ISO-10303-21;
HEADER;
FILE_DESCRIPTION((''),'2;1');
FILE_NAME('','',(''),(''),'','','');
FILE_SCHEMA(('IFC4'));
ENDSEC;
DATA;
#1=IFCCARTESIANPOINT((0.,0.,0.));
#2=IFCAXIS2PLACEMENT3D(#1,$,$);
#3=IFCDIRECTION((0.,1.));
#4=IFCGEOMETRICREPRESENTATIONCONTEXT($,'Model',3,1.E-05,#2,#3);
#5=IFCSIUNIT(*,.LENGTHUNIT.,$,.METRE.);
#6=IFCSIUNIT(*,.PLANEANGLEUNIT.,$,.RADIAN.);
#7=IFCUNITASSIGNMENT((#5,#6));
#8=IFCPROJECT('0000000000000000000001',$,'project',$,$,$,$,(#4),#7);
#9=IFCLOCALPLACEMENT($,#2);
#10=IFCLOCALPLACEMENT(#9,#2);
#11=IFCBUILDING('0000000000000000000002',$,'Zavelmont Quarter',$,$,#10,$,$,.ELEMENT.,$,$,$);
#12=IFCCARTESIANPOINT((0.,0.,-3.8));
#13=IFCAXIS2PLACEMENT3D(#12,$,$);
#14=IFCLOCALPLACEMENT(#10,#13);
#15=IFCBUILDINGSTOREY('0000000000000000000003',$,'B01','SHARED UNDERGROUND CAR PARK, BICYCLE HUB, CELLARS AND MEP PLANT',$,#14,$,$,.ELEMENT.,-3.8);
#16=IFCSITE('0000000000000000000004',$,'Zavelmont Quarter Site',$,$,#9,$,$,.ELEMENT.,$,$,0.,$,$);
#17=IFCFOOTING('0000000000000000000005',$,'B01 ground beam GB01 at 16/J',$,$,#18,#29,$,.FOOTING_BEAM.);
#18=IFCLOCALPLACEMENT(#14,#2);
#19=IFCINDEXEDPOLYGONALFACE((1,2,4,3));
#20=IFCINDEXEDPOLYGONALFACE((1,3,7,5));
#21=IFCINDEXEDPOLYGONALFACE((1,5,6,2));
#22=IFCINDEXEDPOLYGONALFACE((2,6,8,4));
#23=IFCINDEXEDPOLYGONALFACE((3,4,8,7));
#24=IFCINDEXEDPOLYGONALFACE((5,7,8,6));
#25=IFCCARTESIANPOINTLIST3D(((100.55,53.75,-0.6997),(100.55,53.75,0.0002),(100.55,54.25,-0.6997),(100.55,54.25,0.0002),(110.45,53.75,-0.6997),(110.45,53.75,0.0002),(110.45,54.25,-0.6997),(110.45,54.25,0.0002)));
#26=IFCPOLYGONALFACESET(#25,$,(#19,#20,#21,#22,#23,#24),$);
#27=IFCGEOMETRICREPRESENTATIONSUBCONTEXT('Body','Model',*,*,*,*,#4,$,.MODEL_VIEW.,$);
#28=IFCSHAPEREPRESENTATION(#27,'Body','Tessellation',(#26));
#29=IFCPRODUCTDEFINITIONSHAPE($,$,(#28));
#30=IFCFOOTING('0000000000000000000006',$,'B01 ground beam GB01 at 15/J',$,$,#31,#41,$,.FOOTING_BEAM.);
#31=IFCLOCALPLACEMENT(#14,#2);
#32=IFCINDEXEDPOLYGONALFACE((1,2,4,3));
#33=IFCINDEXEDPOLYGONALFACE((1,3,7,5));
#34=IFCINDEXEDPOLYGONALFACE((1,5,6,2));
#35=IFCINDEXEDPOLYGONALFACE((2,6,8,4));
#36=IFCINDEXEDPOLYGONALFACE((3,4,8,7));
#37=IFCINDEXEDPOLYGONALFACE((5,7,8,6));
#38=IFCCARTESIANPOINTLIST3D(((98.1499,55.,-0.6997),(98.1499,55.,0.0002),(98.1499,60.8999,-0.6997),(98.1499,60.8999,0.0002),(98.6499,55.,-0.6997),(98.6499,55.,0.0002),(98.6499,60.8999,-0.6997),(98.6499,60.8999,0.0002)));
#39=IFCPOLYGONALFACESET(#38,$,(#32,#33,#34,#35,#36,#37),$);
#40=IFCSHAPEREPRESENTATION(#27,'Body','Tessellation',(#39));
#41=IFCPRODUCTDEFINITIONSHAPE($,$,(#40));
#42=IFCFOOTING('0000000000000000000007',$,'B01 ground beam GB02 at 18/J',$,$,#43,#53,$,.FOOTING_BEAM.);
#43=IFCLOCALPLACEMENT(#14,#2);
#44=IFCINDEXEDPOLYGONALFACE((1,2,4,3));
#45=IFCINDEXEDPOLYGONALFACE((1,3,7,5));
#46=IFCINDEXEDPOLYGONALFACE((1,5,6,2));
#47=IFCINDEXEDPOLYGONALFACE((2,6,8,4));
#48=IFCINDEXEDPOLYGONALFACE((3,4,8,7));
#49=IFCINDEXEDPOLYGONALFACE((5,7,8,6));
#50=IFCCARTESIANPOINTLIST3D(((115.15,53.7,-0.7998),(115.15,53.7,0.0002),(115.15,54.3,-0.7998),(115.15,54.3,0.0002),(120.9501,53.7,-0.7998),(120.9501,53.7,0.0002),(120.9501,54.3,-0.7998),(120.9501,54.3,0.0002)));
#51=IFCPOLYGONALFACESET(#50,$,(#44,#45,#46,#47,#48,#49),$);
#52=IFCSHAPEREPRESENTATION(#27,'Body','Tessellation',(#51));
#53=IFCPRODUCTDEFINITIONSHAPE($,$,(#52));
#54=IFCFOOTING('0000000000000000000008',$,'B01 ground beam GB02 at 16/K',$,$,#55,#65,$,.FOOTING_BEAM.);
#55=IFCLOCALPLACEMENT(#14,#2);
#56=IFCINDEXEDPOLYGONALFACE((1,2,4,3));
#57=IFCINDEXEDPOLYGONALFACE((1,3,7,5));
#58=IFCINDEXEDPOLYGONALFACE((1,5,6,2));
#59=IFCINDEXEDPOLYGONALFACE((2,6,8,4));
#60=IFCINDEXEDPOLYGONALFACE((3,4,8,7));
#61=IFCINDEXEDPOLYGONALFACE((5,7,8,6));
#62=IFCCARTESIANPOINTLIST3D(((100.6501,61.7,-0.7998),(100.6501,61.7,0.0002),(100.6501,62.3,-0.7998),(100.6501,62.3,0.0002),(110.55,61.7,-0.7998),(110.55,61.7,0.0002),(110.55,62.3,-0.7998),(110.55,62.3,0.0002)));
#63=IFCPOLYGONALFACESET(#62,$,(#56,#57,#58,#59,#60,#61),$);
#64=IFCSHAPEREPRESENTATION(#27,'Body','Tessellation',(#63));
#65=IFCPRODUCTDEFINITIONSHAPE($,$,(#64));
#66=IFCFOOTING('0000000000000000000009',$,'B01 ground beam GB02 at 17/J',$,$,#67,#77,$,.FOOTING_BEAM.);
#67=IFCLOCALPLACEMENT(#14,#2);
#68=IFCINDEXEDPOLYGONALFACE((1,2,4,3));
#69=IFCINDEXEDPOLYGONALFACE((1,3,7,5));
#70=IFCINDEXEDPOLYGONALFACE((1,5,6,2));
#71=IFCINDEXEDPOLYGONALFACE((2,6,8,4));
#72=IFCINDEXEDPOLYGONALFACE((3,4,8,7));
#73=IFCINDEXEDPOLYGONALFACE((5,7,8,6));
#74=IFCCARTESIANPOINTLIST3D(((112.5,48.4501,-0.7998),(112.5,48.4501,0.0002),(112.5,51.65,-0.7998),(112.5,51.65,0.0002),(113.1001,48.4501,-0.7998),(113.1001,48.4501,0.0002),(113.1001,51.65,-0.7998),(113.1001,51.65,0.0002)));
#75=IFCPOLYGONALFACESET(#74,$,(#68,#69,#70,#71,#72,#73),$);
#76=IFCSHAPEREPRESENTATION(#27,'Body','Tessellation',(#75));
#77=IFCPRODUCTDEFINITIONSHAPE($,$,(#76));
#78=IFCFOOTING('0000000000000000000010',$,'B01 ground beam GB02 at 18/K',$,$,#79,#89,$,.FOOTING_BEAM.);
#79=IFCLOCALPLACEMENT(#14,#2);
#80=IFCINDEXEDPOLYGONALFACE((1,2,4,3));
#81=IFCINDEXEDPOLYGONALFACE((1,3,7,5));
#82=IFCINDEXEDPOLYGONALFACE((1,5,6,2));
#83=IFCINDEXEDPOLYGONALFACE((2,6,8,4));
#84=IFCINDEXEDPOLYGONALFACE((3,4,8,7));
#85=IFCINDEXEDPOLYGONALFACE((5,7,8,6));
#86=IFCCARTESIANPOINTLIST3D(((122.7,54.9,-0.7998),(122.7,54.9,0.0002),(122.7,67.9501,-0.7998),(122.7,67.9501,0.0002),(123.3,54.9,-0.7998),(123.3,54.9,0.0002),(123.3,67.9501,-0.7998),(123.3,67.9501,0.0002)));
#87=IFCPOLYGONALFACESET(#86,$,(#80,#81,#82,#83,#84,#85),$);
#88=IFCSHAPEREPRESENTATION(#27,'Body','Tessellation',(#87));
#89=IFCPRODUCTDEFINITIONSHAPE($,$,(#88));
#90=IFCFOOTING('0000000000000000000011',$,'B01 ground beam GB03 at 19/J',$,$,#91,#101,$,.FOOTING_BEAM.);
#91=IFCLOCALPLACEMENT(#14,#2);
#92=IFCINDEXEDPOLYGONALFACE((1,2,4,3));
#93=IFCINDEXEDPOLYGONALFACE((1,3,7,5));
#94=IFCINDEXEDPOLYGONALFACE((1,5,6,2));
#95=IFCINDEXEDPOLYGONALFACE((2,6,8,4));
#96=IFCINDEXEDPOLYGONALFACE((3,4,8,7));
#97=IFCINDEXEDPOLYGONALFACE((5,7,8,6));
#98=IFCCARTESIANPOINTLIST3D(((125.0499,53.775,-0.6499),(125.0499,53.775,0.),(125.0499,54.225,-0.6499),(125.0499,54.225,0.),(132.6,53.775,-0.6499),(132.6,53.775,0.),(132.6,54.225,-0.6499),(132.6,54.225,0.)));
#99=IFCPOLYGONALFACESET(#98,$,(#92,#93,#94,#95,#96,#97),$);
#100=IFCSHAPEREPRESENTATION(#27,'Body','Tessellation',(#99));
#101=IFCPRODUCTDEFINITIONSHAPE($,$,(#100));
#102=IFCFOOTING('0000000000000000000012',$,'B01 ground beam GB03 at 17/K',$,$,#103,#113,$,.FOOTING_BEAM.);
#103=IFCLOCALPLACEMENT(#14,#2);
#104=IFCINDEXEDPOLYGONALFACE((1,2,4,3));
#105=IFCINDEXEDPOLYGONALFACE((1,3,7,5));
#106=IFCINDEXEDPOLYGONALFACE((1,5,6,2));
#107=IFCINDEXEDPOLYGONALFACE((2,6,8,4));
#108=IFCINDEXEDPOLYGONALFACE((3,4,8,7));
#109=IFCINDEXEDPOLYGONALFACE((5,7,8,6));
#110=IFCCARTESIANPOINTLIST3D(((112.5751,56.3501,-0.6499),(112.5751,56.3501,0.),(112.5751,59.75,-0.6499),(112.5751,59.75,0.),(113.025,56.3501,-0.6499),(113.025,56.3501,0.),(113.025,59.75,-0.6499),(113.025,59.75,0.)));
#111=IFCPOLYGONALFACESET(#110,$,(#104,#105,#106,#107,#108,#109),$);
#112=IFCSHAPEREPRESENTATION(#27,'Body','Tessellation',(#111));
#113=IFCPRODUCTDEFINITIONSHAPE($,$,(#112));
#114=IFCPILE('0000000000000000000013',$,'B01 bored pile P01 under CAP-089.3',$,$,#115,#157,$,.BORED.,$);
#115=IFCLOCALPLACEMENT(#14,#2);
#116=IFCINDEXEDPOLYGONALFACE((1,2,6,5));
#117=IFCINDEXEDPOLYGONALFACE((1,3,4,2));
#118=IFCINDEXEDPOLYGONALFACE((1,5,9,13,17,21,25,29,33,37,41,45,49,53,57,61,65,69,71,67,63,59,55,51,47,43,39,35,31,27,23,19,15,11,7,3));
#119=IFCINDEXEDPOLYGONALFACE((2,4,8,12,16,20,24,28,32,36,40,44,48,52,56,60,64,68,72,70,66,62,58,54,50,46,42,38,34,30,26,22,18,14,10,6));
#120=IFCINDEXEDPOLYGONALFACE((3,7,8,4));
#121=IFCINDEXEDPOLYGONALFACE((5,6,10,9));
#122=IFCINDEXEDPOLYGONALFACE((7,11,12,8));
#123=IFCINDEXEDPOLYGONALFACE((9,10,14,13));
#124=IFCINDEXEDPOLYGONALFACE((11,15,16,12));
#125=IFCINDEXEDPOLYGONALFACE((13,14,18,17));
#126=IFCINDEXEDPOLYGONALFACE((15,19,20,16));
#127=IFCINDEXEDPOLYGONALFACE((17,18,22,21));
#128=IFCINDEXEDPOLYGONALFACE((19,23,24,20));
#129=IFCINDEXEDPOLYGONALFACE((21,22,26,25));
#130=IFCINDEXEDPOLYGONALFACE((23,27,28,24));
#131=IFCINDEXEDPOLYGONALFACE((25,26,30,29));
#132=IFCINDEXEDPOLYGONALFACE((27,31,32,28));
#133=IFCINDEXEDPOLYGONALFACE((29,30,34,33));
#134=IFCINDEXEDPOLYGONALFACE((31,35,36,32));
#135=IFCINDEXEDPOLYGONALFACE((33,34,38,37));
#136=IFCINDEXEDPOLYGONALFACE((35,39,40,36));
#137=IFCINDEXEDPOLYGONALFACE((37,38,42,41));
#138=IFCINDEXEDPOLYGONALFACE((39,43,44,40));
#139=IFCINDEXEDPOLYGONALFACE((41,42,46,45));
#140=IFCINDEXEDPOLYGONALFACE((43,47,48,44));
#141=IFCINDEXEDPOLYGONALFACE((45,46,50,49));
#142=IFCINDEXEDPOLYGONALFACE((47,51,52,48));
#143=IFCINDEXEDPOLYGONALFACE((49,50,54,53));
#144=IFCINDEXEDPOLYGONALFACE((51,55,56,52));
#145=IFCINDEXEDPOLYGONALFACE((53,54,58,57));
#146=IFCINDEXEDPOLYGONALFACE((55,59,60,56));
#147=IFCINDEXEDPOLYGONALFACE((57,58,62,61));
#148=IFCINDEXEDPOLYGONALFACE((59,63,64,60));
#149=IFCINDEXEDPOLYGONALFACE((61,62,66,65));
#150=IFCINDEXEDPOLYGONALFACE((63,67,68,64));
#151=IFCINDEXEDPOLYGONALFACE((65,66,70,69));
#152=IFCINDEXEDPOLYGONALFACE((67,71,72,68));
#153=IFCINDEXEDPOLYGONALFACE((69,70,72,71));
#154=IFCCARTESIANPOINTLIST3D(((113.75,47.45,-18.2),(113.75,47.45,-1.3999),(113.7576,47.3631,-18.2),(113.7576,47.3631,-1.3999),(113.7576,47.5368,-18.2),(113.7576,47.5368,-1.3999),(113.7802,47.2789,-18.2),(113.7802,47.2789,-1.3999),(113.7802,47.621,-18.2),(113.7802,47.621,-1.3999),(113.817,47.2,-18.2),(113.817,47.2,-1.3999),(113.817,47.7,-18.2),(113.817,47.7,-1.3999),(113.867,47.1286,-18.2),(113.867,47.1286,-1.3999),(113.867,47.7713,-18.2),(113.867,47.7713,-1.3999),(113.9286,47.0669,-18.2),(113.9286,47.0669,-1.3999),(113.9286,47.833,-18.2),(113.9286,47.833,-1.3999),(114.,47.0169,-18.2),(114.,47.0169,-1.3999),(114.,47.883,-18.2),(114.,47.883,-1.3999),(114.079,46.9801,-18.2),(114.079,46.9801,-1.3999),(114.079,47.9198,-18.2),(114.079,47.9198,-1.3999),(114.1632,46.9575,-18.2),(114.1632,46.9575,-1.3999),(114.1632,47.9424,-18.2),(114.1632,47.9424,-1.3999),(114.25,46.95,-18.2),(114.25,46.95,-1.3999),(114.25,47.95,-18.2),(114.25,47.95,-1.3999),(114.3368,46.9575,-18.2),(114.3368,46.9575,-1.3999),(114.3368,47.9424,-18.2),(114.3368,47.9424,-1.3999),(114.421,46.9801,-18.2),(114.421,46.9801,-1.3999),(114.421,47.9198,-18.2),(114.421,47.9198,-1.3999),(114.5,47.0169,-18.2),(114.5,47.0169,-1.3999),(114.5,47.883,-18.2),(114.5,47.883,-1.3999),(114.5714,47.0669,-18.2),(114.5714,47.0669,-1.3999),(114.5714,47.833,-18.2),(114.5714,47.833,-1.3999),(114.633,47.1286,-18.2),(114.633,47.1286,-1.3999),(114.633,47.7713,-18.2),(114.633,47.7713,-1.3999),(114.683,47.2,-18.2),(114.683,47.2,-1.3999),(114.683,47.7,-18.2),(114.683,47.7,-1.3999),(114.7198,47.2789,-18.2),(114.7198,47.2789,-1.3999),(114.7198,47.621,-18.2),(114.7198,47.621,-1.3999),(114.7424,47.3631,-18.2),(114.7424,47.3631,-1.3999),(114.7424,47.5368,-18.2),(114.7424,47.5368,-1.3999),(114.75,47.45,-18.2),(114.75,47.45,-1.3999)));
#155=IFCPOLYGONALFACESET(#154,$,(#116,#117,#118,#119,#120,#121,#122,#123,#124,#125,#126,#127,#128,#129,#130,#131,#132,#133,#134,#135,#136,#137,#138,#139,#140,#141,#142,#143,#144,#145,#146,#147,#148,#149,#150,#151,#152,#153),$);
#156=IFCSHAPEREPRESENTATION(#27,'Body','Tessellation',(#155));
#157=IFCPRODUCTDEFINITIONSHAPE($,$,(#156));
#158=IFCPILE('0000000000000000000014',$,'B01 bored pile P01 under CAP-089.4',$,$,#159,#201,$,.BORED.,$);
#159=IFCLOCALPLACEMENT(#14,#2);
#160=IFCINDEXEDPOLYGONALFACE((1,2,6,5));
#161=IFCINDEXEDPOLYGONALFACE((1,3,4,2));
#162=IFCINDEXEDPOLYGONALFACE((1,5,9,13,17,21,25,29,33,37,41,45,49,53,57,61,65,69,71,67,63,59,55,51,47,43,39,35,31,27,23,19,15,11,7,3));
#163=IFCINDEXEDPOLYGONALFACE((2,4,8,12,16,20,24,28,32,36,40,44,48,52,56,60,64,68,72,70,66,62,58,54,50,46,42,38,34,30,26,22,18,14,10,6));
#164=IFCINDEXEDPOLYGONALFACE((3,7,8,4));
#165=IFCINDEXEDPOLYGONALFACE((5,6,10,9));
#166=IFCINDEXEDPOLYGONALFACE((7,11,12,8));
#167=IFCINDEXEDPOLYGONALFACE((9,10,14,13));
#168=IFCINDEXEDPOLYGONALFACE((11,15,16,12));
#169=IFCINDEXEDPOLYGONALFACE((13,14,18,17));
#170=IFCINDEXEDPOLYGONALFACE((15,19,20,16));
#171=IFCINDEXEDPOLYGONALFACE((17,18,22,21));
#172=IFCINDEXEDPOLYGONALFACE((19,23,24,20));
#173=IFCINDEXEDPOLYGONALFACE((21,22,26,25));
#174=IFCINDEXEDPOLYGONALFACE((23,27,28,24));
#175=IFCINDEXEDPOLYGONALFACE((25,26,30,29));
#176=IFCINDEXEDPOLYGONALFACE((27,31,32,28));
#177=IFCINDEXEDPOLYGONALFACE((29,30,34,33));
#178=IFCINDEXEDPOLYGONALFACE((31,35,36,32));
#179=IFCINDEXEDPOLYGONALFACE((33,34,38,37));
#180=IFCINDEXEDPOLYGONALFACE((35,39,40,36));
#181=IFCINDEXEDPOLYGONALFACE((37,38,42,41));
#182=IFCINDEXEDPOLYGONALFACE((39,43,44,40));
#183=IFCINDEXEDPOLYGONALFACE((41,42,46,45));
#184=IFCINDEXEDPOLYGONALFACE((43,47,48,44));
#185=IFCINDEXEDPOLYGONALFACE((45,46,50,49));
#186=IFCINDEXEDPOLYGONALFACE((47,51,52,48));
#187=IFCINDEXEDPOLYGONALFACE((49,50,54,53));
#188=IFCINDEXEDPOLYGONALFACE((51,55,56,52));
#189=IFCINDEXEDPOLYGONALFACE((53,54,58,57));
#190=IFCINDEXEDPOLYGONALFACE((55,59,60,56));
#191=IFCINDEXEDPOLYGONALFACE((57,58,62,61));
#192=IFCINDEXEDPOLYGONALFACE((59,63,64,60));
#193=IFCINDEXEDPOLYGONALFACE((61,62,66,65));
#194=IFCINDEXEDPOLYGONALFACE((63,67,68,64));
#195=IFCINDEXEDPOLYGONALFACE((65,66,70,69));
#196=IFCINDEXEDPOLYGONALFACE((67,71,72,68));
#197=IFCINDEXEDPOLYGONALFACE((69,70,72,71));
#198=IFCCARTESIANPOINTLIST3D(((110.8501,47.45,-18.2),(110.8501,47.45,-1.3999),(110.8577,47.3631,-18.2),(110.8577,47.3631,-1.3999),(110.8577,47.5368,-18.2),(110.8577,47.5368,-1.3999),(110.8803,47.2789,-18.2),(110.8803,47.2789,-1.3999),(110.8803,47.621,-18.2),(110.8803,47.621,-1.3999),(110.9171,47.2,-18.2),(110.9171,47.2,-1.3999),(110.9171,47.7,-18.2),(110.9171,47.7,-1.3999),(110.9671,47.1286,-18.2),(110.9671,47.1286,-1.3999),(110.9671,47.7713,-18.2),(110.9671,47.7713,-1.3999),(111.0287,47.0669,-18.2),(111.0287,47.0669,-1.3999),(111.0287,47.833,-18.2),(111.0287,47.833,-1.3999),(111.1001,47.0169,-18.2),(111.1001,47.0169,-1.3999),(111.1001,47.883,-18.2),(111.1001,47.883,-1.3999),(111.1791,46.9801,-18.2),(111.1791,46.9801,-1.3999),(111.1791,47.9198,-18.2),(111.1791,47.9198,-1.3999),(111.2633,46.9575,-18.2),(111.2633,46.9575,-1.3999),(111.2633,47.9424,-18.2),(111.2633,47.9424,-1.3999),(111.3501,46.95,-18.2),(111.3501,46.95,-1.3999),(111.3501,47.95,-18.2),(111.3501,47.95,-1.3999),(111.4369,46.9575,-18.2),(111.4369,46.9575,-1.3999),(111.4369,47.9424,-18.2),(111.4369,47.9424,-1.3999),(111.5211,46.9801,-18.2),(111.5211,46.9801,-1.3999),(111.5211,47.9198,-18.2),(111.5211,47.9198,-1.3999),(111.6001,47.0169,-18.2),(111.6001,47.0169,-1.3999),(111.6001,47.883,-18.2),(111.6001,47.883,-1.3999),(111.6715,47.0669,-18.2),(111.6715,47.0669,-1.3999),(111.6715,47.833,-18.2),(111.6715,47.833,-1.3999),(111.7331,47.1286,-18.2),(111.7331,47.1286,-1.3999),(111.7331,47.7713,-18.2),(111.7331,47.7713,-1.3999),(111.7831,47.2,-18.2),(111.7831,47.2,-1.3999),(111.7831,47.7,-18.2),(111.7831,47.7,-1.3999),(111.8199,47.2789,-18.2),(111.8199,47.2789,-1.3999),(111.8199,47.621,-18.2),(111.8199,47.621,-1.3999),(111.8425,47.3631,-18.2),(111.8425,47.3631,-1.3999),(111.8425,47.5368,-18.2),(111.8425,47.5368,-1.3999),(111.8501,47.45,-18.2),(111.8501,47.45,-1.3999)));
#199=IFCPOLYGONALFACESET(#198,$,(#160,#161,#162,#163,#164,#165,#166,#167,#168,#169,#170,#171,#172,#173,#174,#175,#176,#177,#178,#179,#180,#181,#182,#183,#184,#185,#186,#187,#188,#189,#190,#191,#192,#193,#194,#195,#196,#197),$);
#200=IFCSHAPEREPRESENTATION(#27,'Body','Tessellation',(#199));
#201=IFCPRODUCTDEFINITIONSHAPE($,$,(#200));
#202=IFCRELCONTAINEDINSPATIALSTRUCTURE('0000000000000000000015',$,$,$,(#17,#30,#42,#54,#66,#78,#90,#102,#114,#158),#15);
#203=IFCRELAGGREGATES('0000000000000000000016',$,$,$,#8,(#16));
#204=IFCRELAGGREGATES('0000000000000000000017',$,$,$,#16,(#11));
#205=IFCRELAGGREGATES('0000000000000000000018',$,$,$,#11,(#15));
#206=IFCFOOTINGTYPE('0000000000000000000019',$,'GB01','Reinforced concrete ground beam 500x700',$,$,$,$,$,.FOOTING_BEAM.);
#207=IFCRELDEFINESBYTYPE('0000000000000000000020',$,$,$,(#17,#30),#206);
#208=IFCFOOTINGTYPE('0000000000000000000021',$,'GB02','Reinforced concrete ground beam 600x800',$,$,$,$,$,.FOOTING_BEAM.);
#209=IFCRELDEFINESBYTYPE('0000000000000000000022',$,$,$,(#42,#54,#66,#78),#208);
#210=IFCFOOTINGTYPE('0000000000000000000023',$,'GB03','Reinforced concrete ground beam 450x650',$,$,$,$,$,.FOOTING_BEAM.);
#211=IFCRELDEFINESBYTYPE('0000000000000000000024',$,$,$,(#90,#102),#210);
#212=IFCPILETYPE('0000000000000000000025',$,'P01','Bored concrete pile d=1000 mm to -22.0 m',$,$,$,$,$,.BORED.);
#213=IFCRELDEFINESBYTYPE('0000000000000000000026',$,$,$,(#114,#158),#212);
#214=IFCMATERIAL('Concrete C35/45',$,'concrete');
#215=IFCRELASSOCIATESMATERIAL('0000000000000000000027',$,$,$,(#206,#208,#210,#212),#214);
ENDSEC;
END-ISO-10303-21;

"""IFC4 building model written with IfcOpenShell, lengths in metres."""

from ifc_helpers import new_model, si_unit, direction, frame, origin, origin_2d, place, context, subcontext, project, spatial, rectangle, circle, extrude, material, material_profile, profile_set, type_object, element, save


model = new_model("IFC4")

# Units and contexts
model_context = context("Model", 3, precision=1e-05, world=origin(), true_north=direction((0.0, 1.0)))
body_context = subcontext(model_context, "Body", "Model", "MODEL_VIEW")
ifc_project = project(units=[si_unit("LENGTHUNIT", "METRE"), si_unit("PLANEANGLEUNIT", "RADIAN")], contexts=[model_context])

# Site, building, storey
site_placement = place(None, origin())
site = spatial("IfcSite", under=ifc_project, at=site_placement, Name="Zavelmont Quarter Site", CompositionType="ELEMENT", RefElevation=0.0)
building_placement = place(site_placement, origin())
building = spatial("IfcBuilding", under=site, at=building_placement, Name="Zavelmont Quarter", CompositionType="ELEMENT")
storey_placement = place(building_placement, frame((0.0, 0.0, -3.8)))
storey = spatial("IfcBuildingStorey", under=building, at=storey_placement, Name="B01", Description="SHARED UNDERGROUND CAR PARK, BICYCLE HUB, CELLARS AND MEP PLANT", CompositionType="ELEMENT", Elevation=-3.8)

# Footings
ifc_material_1 = material(Name="Concrete C35/45", Category="concrete")
footing_type_1 = type_object("IfcFootingType", Name="GB01", Description="Reinforced concrete ground beam 500x700", PredefinedType="FOOTING_BEAM", material=ifc_material_1)
footing_1_placement = place(storey_placement, frame((105.5, 54.0, -0.6997), z_axis=(0.0, 0.0, 1.0), x_axis=(1.0, 0.0, 0.0)))
element("IfcFooting", 1, at=footing_1_placement, inside=storey, type_object=footing_type_1, Name="B01 ground beam GB01 at 16/J", PredefinedType="FOOTING_BEAM", context=body_context, shape_type="SweptSolid", body=[
    extrude(rectangle(XDim=9.8999, YDim=0.5, at=origin_2d()), origin(), (0.0, 0.0, 1.0), 0.7),
])
footing_2_placement = place(storey_placement, frame((98.3999, 57.95, -0.6997), z_axis=(0.0, 0.0, 1.0), x_axis=(0.0, 1.0, 0.0)))
element("IfcFooting", 2, at=footing_2_placement, inside=storey, type_object=footing_type_1, Name="B01 ground beam GB01 at 15/J", PredefinedType="FOOTING_BEAM", context=body_context, shape_type="SweptSolid", body=[
    extrude(rectangle(XDim=5.8999, YDim=0.5, at=origin_2d()), origin(), (0.0, 0.0, 1.0), 0.7),
])
footing_type_2 = type_object("IfcFootingType", Name="GB02", Description="Reinforced concrete ground beam 600x800", PredefinedType="FOOTING_BEAM", material=ifc_material_1)
footing_3_placement = place(storey_placement, frame((118.05, 54.0, -0.7998), z_axis=(0.0, 0.0, 1.0), x_axis=(1.0, 0.0, 0.0)))
element("IfcFooting", 3, at=footing_3_placement, inside=storey, type_object=footing_type_2, Name="B01 ground beam GB02 at 18/J", PredefinedType="FOOTING_BEAM", context=body_context, shape_type="SweptSolid", body=[
    extrude(rectangle(XDim=5.8, YDim=0.6001, at=origin_2d()), origin(), (0.0, 0.0, 1.0), 0.8),
])
footing_4_placement = place(storey_placement, frame((105.6001, 62.0, -0.7998), z_axis=(0.0, 0.0, 1.0), x_axis=(1.0, 0.0, 0.0)))
element("IfcFooting", 4, at=footing_4_placement, inside=storey, type_object=footing_type_2, Name="B01 ground beam GB02 at 16/K", PredefinedType="FOOTING_BEAM", context=body_context, shape_type="SweptSolid", body=[
    extrude(rectangle(XDim=9.8999, YDim=0.6001, at=origin_2d()), origin(), (0.0, 0.0, 1.0), 0.8),
])
footing_5_placement = place(storey_placement, frame((112.8, 50.05, -0.7998), z_axis=(0.0, 0.0, 1.0), x_axis=(0.0, 1.0, 0.0)))
element("IfcFooting", 5, at=footing_5_placement, inside=storey, type_object=footing_type_2, Name="B01 ground beam GB02 at 17/J", PredefinedType="FOOTING_BEAM", context=body_context, shape_type="SweptSolid", body=[
    extrude(rectangle(XDim=3.2, YDim=0.6001, at=origin_2d()), origin(), (0.0, 0.0, 1.0), 0.8),
])
footing_6_placement = place(storey_placement, frame((123.0, 61.425, -0.7998), z_axis=(0.0, 0.0, 1.0), x_axis=(0.0, 1.0, 0.0)))
element("IfcFooting", 6, at=footing_6_placement, inside=storey, type_object=footing_type_2, Name="B01 ground beam GB02 at 18/K", PredefinedType="FOOTING_BEAM", context=body_context, shape_type="SweptSolid", body=[
    extrude(rectangle(XDim=13.05, YDim=0.6001, at=origin_2d()), origin(), (0.0, 0.0, 1.0), 0.8),
])
footing_type_3 = type_object("IfcFootingType", Name="GB03", Description="Reinforced concrete ground beam 450x650", PredefinedType="FOOTING_BEAM", material=ifc_material_1)
footing_7_placement = place(storey_placement, frame((128.825, 54.0, -0.6499), z_axis=(0.0, 0.0, 1.0), x_axis=(1.0, 0.0, 0.0)))
element("IfcFooting", 7, at=footing_7_placement, inside=storey, type_object=footing_type_3, Name="B01 ground beam GB03 at 19/J", PredefinedType="FOOTING_BEAM", context=body_context, shape_type="SweptSolid", body=[
    extrude(rectangle(XDim=7.55, YDim=0.45, at=origin_2d()), origin(), (0.0, 0.0, 1.0), 0.6499),
])
footing_8_placement = place(storey_placement, frame((112.8, 58.05, -0.6499), z_axis=(0.0, 0.0, 1.0), x_axis=(0.0, 1.0, 0.0)))
element("IfcFooting", 8, at=footing_8_placement, inside=storey, type_object=footing_type_3, Name="B01 ground beam GB03 at 17/K", PredefinedType="FOOTING_BEAM", context=body_context, shape_type="SweptSolid", body=[
    extrude(rectangle(XDim=3.3999, YDim=0.45, at=origin_2d()), origin(), (0.0, 0.0, 1.0), 0.6499),
])

# Piles
ifc_material_profile_1 = material_profile(ifc_material_1, circle(Radius=0.5, at=origin_2d()), Name="BP1000")
ifc_profile_set_1 = profile_set([ifc_material_profile_1], Name="Concrete C35/45")
pile_type_1 = type_object("IfcPileType", Name="P01", Description="Bored concrete pile d=1000 mm to -22.0 m", PredefinedType="BORED", material=ifc_profile_set_1)
for number, where, z_axis, x_axis, name in (
    (9, (114.25, 47.45, -1.3999), (0.0, 0.0, -1.0), (1.0, 0.0, 0.0), "B01 bored pile P01 under CAP-089.3"),
    (10, (111.3501, 47.45, -1.3999), (0.0, 0.0, -1.0), (1.0, 0.0, 0.0), "B01 bored pile P01 under CAP-089.4"),
):
    element("IfcPile", number, at=place(storey_placement, frame(where, z_axis=z_axis, x_axis=x_axis)), inside=storey, type_object=pile_type_1, Name=name, PredefinedType="BORED", context=body_context, shape_type="SweptSolid", body=[
        extrude(circle(Radius=0.5, at=origin_2d()), origin(), (0.0, 0.0, 1.0), 16.8),
    ])

save(model, "model.ifc")
